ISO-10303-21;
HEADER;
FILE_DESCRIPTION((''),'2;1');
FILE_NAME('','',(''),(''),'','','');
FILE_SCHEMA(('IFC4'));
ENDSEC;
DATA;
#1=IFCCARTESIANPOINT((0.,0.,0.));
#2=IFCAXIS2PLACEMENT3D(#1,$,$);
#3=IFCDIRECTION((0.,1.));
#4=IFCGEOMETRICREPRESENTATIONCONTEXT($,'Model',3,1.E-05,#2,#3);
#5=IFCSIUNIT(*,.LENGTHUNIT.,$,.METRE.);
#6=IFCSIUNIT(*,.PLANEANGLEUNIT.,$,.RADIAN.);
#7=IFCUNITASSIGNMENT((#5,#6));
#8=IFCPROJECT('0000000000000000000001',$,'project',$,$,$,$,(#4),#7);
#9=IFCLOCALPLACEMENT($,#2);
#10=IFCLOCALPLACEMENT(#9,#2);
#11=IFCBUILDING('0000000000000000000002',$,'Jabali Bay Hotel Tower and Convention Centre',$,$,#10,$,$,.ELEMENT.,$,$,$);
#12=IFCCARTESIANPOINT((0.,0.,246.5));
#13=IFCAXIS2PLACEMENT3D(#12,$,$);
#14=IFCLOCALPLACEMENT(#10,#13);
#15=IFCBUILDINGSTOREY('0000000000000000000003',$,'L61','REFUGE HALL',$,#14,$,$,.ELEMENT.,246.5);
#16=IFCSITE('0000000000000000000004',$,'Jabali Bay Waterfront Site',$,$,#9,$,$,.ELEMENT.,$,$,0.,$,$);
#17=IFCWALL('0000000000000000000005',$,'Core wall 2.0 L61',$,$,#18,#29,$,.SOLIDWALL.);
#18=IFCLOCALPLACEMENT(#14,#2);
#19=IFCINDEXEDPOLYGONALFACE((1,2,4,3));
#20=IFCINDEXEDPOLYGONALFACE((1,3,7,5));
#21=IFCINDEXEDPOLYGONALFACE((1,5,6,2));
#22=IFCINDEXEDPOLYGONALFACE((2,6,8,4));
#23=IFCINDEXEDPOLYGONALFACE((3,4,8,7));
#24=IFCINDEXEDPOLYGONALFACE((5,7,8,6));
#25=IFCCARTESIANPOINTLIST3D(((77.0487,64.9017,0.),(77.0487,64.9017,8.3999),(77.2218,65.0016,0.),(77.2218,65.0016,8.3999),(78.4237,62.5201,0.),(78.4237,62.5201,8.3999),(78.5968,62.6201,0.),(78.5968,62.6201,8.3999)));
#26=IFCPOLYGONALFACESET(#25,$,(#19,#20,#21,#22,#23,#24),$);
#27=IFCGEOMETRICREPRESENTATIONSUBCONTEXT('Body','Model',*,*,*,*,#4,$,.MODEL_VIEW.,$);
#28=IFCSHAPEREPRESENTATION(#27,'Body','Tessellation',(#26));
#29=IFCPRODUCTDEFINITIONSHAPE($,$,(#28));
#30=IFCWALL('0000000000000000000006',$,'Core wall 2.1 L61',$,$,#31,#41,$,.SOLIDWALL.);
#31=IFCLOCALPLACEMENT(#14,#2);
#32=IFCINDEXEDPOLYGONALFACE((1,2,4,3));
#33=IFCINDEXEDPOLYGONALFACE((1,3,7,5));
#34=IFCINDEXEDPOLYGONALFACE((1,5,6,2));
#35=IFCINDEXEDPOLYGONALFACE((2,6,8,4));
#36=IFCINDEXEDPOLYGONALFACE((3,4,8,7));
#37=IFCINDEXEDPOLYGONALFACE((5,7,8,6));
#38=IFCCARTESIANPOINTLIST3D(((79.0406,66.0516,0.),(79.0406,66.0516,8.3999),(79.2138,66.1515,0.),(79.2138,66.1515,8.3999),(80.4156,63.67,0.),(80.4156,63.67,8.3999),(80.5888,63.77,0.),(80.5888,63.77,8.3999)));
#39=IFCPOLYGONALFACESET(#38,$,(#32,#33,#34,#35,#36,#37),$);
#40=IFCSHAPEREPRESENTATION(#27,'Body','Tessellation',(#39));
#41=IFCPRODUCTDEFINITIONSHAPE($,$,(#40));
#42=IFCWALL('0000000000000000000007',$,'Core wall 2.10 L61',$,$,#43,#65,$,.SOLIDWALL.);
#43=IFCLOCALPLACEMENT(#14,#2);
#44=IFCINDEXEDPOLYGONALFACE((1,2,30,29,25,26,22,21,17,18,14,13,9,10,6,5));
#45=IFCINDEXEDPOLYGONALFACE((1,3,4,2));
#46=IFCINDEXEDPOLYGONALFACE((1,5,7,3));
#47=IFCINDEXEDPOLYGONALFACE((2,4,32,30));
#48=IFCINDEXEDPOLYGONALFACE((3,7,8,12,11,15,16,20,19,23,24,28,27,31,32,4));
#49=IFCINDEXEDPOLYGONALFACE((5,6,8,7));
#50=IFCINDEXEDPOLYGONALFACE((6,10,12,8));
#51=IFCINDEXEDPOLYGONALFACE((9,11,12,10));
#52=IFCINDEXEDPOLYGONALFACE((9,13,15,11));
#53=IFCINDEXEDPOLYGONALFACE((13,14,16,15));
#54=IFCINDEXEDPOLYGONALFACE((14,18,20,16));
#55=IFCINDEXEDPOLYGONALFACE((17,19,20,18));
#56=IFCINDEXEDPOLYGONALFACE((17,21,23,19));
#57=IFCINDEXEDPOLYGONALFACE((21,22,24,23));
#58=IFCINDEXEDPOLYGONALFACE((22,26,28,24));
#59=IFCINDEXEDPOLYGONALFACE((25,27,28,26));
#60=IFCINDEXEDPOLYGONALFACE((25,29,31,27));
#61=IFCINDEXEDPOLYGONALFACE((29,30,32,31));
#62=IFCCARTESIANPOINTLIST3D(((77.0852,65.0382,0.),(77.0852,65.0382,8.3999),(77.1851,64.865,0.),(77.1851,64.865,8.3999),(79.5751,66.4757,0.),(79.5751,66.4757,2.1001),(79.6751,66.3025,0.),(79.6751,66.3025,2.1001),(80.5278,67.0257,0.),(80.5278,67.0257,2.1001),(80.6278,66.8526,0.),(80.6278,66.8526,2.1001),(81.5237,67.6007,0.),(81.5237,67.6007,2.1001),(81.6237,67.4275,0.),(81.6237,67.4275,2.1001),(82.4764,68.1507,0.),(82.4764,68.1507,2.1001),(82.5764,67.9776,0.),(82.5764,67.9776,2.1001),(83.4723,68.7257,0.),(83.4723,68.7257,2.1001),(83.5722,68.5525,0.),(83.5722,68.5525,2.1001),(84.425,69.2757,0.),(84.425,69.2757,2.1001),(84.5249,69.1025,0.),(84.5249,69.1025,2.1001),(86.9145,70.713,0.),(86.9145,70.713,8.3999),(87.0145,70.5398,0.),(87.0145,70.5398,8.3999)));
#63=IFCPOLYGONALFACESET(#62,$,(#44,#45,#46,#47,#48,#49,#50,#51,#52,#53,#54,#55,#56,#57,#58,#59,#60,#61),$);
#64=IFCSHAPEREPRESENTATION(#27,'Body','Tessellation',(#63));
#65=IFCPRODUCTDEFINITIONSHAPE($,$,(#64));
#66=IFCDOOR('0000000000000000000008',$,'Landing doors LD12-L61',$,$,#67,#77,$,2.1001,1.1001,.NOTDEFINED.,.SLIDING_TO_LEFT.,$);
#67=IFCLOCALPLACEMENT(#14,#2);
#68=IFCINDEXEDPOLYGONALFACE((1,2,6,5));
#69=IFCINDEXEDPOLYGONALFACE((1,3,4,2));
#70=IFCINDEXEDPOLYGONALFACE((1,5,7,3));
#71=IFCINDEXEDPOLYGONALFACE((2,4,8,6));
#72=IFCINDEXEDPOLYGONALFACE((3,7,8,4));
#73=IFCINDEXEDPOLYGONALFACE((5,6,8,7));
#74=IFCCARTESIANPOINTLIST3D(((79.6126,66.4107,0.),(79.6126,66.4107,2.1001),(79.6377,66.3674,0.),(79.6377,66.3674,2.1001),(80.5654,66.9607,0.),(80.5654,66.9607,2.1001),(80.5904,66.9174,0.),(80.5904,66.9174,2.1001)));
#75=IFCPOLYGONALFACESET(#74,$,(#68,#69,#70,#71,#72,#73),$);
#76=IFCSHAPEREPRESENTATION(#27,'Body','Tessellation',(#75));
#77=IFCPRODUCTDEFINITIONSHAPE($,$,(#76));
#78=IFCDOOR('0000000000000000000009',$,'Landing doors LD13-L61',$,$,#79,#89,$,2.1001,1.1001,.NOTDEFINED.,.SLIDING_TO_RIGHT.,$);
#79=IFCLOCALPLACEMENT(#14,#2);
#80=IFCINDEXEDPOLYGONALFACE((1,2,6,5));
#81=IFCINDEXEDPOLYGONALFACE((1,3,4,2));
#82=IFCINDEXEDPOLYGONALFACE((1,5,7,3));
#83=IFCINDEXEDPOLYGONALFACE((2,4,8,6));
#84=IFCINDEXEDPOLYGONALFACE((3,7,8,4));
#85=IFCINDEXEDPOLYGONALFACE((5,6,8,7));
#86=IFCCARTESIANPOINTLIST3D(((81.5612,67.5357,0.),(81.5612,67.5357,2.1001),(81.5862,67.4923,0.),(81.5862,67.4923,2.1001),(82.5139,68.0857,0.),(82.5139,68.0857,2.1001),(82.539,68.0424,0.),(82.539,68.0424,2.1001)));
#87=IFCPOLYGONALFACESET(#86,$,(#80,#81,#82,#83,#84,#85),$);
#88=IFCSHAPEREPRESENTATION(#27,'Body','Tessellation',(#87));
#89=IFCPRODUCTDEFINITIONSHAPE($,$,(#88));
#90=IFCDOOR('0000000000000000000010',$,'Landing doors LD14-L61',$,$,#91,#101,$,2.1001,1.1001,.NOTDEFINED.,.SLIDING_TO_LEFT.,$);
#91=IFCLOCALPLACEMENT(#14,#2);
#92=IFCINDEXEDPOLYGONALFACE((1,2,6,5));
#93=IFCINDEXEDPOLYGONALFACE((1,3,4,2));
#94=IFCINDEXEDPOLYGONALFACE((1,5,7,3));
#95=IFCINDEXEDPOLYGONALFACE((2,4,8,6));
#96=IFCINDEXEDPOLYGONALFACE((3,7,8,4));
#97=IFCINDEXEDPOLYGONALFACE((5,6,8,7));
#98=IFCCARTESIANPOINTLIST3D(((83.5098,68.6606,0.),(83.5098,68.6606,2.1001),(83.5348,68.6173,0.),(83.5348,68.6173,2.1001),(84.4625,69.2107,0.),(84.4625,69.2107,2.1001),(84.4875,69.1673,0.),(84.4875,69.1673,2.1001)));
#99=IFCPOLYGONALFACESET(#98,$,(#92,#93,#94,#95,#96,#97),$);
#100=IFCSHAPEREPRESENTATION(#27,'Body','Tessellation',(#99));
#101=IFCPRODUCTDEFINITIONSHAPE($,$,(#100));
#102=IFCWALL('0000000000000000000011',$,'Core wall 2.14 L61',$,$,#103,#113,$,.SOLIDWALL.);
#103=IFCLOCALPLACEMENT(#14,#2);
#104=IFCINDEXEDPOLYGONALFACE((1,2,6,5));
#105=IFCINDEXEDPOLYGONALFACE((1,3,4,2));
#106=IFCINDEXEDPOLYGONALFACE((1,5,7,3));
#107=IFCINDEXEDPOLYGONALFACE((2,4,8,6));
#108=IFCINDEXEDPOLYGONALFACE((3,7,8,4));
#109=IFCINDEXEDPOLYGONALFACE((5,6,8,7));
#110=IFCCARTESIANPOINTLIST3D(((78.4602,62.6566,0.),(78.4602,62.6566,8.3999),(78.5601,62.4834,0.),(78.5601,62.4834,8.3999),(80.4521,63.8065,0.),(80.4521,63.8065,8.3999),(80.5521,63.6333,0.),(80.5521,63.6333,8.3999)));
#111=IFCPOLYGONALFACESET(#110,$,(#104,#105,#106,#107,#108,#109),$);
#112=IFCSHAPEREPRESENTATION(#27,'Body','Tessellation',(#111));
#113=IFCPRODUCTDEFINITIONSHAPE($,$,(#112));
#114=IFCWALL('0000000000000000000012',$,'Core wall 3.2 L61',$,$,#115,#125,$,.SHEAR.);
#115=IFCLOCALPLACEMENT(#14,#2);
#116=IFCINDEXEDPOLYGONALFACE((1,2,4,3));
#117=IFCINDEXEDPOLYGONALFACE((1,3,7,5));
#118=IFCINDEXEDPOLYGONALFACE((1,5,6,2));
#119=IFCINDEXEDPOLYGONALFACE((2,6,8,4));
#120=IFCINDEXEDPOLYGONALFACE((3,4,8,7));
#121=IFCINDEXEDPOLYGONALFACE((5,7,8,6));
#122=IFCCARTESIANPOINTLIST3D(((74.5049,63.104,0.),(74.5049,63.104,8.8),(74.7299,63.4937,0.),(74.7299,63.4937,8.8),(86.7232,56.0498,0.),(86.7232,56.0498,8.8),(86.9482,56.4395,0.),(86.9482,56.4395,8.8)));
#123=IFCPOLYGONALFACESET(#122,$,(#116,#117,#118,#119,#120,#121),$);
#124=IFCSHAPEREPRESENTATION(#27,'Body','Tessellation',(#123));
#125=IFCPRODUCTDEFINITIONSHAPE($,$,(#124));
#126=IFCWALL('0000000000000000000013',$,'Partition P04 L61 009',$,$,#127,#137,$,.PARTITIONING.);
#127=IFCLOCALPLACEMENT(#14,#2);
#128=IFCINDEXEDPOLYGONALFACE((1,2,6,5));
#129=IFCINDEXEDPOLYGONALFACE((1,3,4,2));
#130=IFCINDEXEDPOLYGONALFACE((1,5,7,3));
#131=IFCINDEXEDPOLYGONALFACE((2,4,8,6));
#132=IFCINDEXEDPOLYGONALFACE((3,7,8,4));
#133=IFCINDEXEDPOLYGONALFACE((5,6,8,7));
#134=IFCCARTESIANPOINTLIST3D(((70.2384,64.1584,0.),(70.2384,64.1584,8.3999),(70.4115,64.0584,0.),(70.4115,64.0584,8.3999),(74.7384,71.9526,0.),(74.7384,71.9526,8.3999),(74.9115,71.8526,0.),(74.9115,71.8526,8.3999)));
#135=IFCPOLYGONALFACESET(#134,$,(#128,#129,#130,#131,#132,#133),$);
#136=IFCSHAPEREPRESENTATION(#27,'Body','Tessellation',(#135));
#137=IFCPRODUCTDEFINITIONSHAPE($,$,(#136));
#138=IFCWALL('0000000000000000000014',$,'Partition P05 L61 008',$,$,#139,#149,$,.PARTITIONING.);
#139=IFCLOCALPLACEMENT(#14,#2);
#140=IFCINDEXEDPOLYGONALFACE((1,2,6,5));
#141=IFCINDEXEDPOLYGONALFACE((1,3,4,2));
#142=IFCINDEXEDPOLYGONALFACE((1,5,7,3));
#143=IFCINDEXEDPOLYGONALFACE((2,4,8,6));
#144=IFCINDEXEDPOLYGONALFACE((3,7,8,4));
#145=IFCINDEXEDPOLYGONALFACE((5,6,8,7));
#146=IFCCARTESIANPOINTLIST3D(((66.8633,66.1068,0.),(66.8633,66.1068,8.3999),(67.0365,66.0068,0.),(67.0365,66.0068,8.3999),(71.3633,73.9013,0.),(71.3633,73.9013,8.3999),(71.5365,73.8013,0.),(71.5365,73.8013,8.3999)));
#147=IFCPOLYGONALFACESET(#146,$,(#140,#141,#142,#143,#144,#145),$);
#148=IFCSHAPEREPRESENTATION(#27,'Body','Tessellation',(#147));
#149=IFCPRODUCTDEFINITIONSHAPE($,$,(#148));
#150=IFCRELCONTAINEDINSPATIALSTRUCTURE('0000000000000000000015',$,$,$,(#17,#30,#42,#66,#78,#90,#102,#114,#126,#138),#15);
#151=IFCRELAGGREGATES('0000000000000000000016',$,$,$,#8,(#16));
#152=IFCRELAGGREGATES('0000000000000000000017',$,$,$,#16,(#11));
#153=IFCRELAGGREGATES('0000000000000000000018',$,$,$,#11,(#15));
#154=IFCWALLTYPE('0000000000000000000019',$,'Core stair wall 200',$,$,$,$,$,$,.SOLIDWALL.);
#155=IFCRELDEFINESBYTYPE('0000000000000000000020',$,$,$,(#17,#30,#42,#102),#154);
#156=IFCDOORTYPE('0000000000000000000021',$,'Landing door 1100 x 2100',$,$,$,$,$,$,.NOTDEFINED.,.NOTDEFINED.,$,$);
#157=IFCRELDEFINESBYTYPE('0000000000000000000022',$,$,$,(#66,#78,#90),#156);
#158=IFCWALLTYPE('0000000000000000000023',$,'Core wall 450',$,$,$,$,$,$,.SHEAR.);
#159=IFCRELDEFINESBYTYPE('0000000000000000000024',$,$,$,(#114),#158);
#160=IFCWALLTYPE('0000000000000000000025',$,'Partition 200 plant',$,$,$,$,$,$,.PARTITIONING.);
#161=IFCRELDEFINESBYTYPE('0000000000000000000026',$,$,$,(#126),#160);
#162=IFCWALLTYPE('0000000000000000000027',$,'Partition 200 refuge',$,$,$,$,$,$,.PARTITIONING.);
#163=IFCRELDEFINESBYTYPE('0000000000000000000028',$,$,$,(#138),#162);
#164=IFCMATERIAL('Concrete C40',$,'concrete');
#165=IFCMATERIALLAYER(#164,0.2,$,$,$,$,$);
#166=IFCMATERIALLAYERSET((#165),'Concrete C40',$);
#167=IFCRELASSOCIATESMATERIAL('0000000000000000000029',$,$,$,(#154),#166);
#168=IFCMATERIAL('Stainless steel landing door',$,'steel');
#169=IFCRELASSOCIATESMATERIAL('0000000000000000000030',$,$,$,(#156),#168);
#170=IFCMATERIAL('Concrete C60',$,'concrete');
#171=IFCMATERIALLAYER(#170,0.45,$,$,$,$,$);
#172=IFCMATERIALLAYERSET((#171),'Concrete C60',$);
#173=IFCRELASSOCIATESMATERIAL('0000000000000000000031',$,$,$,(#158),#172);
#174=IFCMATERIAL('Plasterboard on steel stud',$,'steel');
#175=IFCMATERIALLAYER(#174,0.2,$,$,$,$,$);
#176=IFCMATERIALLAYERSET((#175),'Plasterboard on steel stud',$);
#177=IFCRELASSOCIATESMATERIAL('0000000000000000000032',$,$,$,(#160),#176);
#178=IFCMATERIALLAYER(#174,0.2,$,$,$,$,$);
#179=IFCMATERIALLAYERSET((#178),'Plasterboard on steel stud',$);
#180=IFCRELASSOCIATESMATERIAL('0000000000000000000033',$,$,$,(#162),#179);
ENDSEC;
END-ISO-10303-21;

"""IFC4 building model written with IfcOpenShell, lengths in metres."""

from ifc_helpers import new_model, si_unit, direction, frame, frame_2d, origin, place, context, subcontext, project, spatial, rectangle, extrude, material, layer, layer_set, type_object, element, fill, save


model = new_model("IFC4")

# Units and contexts
model_context = context("Model", 3, precision=1e-05, world=origin(), true_north=direction((0.0, 1.0)))
body_context = subcontext(model_context, "Body", "Model", "MODEL_VIEW")
ifc_project = project(units=[si_unit("LENGTHUNIT", "METRE"), si_unit("PLANEANGLEUNIT", "RADIAN")], contexts=[model_context])

# Site, building, storey
site_placement = place(None, origin())
site = spatial("IfcSite", under=ifc_project, at=site_placement, Name="Jabali Bay Waterfront Site", CompositionType="ELEMENT", RefElevation=0.0)
building_placement = place(site_placement, origin())
building = spatial("IfcBuilding", under=site, at=building_placement, Name="Jabali Bay Hotel Tower and Convention Centre", CompositionType="ELEMENT")
storey_placement = place(building_placement, frame((0.0, 0.0, 246.5)))
storey = spatial("IfcBuildingStorey", under=building, at=storey_placement, Name="L61", Description="REFUGE HALL", CompositionType="ELEMENT", Elevation=246.5)

# Shared definitions
ifc_material_1 = material(Name="Concrete C60", Category="concrete")

# Shared definitions
ifc_material_2 = material(Name="Concrete C40", Category="concrete")

# Walls
ifc_layer_1 = layer(ifc_material_2, 0.2)
ifc_layer_set_1 = layer_set([ifc_layer_1], Name="Concrete C40")
wall_type_1 = type_object("IfcWallType", Name="Core stair wall 200", PredefinedType="SOLIDWALL", material=ifc_layer_set_1)
for number, where, z_axis, x_axis, name in (
    (1, (77.1353, 64.9517, 0.0), (0.0, 0.0, 1.0), (0.499997, -0.866027, 0.0), "Core wall 2.0 L61"),
    (2, (79.1272, 66.1016, 0.0), (0.0, 0.0, 1.0), (0.499997, -0.866027, 0.0), "Core wall 2.1 L61"),
):
    element("IfcWall", number, at=place(storey_placement, frame(where, z_axis=z_axis, x_axis=x_axis)), inside=storey, type_object=wall_type_1, Name=name, PredefinedType="SOLIDWALL", context=body_context, shape_type="SweptSolid", body=[
        extrude(rectangle(XDim=2.75, YDim=0.2, at=frame_2d((1.375, 0.0))), origin(), (0.0, 0.0, 1.0), 8.3999),
    ])

# Wall, openings, doors
wall_1_placement = place(storey_placement, frame((77.1353, 64.9517, 0.0), z_axis=(0.0, 0.0, 1.0), x_axis=(0.866032, 0.499989, 0.0)))
wall_1 = element("IfcWall", 3, at=wall_1_placement, inside=storey, type_object=wall_type_1, Name="Core wall 2.10 L61", PredefinedType="SOLIDWALL", context=body_context, shape_type="SweptSolid", body=[
    extrude(rectangle(XDim=11.3499, YDim=0.2, at=frame_2d((5.6748, 0.0))), origin(), (0.0, 0.0, 1.0), 8.3999),
])
opening_1_placement = place(wall_1_placement, frame((2.875, 0.0, 0.0)))
opening_1 = element("IfcOpeningElement", 4, at=opening_1_placement, cuts=wall_1, PredefinedType="OPENING", context=body_context, shape_type="SweptSolid", body=[
    extrude(rectangle(XDim=1.1001, YDim=2.1001, at=frame_2d((0.55, 1.05))), frame((0.0, 0.1104, 0.0), z_axis=(0.0, -1.0, 0.0), x_axis=(1.0, 0.0, 0.0)), (0.0, 0.0, 1.0), 0.2209),
])
opening_2_placement = place(wall_1_placement, frame((5.125, 0.0, 0.0)))
opening_2 = element("IfcOpeningElement", 5, at=opening_2_placement, cuts=wall_1, PredefinedType="OPENING", context=body_context, shape_type="SweptSolid", body=[
    extrude(rectangle(XDim=1.1001, YDim=2.1001, at=frame_2d((0.55, 1.05))), frame((0.0, 0.1104, 0.0), z_axis=(0.0, -1.0, 0.0), x_axis=(1.0, 0.0, 0.0)), (0.0, 0.0, 1.0), 0.2209),
])
opening_3_placement = place(wall_1_placement, frame((7.375, 0.0, 0.0)))
opening_3 = element("IfcOpeningElement", 6, at=opening_3_placement, cuts=wall_1, PredefinedType="OPENING", context=body_context, shape_type="SweptSolid", body=[
    extrude(rectangle(XDim=1.1001, YDim=2.1001, at=frame_2d((0.55, 1.05))), frame((0.0, 0.1104, 0.0), z_axis=(0.0, -1.0, 0.0), x_axis=(1.0, 0.0, 0.0)), (0.0, 0.0, 1.0), 0.2209),
])
ifc_material_3 = material(Name="Stainless steel landing door", Category="steel")
door_type_1 = type_object("IfcDoorType", Name="Landing door 1100 x 2100", OperationType="NOTDEFINED", PredefinedType="NOTDEFINED", material=ifc_material_3)
door_1_placement = place(opening_1_placement, origin())
door_1 = element("IfcDoor", 7, at=door_1_placement, inside=storey, type_object=door_type_1, Name="Landing doors LD12-L61", OperationType="SLIDING_TO_LEFT", OverallHeight=2.1001, OverallWidth=1.1001, PredefinedType="NOTDEFINED", context=body_context, shape_type="SweptSolid", body=[
    extrude(rectangle(XDim=1.1001, YDim=2.1001, at=frame_2d((0.55, 1.05))), frame((0.0, 0.0249, 0.0), z_axis=(0.0, -1.0, 0.0), x_axis=(1.0, 0.0, 0.0)), (0.0, 0.0, 1.0), 0.05),
])
fill(opening_1, door_1)
door_2_placement = place(opening_2_placement, origin())
door_2 = element("IfcDoor", 8, at=door_2_placement, inside=storey, type_object=door_type_1, Name="Landing doors LD13-L61", OperationType="SLIDING_TO_RIGHT", OverallHeight=2.1001, OverallWidth=1.1001, PredefinedType="NOTDEFINED", context=body_context, shape_type="SweptSolid", body=[
    extrude(rectangle(XDim=1.1001, YDim=2.1001, at=frame_2d((0.55, 1.05))), frame((0.0, 0.0249, 0.0), z_axis=(0.0, -1.0, 0.0), x_axis=(1.0, 0.0, 0.0)), (0.0, 0.0, 1.0), 0.05),
])
fill(opening_2, door_2)
door_3_placement = place(opening_3_placement, origin())
door_3 = element("IfcDoor", 9, at=door_3_placement, inside=storey, type_object=door_type_1, Name="Landing doors LD14-L61", OperationType="SLIDING_TO_LEFT", OverallHeight=2.1001, OverallWidth=1.1001, PredefinedType="NOTDEFINED", context=body_context, shape_type="SweptSolid", body=[
    extrude(rectangle(XDim=1.1001, YDim=2.1001, at=frame_2d((0.55, 1.05))), frame((0.0, 0.0249, 0.0), z_axis=(0.0, -1.0, 0.0), x_axis=(1.0, 0.0, 0.0)), (0.0, 0.0, 1.0), 0.05),
])
fill(opening_3, door_3)

# Walls
wall_2_placement = place(storey_placement, frame((78.5103, 62.5701, 0.0), z_axis=(0.0, 0.0, 1.0), x_axis=(0.866053, 0.499952, 0.0)))
element("IfcWall", 10, at=wall_2_placement, inside=storey, type_object=wall_type_1, Name="Core wall 2.14 L61", PredefinedType="SOLIDWALL", context=body_context, shape_type="SweptSolid", body=[
    extrude(rectangle(XDim=2.3, YDim=0.2, at=frame_2d((1.1499, 0.0))), origin(), (0.0, 0.0, 1.0), 8.3999),
])
ifc_layer_2 = layer(ifc_material_1, 0.45)
ifc_layer_set_2 = layer_set([ifc_layer_2], Name="Concrete C60")
wall_type_2 = type_object("IfcWallType", Name="Core wall 450", PredefinedType="SHEAR", material=ifc_layer_set_2)
wall_3_placement = place(storey_placement, frame((74.6174, 63.2988, 0.0), z_axis=(0.0, 0.0, 1.0), x_axis=(0.866026, -0.499999, 0.0)))
element("IfcWall", 11, at=wall_3_placement, inside=storey, type_object=wall_type_2, Name="Core wall 3.2 L61", PredefinedType="SHEAR", context=body_context, shape_type="SweptSolid", body=[
    extrude(rectangle(XDim=14.1084, YDim=0.45, at=frame_2d((7.0542, 0.0))), origin(), (0.0, 0.0, 1.0), 8.8),
])
ifc_material_4 = material(Name="Plasterboard on steel stud", Category="steel")
ifc_layer_3 = layer(ifc_material_4, 0.2)
ifc_layer_set_3 = layer_set([ifc_layer_3], Name="Plasterboard on steel stud")
wall_type_3 = type_object("IfcWallType", Name="Partition 200 plant", PredefinedType="PARTITIONING", material=ifc_layer_set_3)
wall_4_placement = place(storey_placement, frame((70.325, 64.1084, 0.0), z_axis=(0.0, 0.0, 1.0), x_axis=(0.500002, 0.866024, 0.0)))
element("IfcWall", 12, at=wall_4_placement, inside=storey, type_object=wall_type_3, Name="Partition P04 L61 009", PredefinedType="PARTITIONING", context=body_context, shape_type="SweptSolid", body=[
    extrude(rectangle(XDim=9.0, YDim=0.2, at=frame_2d((4.5, 0.0))), origin(), (0.0, 0.0, 1.0), 8.3999),
])
ifc_layer_4 = layer(ifc_material_4, 0.2)
ifc_layer_set_4 = layer_set([ifc_layer_4], Name="Plasterboard on steel stud")
wall_type_4 = type_object("IfcWallType", Name="Partition 200 refuge", PredefinedType="PARTITIONING", material=ifc_layer_set_4)
wall_5_placement = place(storey_placement, frame((66.95, 66.0569, 0.0), z_axis=(0.0, 0.0, 1.0), x_axis=(0.49999, 0.866031, 0.0)))
element("IfcWall", 13, at=wall_5_placement, inside=storey, type_object=wall_type_4, Name="Partition P05 L61 008", PredefinedType="PARTITIONING", context=body_context, shape_type="SweptSolid", body=[
    extrude(rectangle(XDim=9.0002, YDim=0.2, at=frame_2d((4.5, 0.0))), origin(), (0.0, 0.0, 1.0), 8.3999),
])

save(model, "model.ifc")
